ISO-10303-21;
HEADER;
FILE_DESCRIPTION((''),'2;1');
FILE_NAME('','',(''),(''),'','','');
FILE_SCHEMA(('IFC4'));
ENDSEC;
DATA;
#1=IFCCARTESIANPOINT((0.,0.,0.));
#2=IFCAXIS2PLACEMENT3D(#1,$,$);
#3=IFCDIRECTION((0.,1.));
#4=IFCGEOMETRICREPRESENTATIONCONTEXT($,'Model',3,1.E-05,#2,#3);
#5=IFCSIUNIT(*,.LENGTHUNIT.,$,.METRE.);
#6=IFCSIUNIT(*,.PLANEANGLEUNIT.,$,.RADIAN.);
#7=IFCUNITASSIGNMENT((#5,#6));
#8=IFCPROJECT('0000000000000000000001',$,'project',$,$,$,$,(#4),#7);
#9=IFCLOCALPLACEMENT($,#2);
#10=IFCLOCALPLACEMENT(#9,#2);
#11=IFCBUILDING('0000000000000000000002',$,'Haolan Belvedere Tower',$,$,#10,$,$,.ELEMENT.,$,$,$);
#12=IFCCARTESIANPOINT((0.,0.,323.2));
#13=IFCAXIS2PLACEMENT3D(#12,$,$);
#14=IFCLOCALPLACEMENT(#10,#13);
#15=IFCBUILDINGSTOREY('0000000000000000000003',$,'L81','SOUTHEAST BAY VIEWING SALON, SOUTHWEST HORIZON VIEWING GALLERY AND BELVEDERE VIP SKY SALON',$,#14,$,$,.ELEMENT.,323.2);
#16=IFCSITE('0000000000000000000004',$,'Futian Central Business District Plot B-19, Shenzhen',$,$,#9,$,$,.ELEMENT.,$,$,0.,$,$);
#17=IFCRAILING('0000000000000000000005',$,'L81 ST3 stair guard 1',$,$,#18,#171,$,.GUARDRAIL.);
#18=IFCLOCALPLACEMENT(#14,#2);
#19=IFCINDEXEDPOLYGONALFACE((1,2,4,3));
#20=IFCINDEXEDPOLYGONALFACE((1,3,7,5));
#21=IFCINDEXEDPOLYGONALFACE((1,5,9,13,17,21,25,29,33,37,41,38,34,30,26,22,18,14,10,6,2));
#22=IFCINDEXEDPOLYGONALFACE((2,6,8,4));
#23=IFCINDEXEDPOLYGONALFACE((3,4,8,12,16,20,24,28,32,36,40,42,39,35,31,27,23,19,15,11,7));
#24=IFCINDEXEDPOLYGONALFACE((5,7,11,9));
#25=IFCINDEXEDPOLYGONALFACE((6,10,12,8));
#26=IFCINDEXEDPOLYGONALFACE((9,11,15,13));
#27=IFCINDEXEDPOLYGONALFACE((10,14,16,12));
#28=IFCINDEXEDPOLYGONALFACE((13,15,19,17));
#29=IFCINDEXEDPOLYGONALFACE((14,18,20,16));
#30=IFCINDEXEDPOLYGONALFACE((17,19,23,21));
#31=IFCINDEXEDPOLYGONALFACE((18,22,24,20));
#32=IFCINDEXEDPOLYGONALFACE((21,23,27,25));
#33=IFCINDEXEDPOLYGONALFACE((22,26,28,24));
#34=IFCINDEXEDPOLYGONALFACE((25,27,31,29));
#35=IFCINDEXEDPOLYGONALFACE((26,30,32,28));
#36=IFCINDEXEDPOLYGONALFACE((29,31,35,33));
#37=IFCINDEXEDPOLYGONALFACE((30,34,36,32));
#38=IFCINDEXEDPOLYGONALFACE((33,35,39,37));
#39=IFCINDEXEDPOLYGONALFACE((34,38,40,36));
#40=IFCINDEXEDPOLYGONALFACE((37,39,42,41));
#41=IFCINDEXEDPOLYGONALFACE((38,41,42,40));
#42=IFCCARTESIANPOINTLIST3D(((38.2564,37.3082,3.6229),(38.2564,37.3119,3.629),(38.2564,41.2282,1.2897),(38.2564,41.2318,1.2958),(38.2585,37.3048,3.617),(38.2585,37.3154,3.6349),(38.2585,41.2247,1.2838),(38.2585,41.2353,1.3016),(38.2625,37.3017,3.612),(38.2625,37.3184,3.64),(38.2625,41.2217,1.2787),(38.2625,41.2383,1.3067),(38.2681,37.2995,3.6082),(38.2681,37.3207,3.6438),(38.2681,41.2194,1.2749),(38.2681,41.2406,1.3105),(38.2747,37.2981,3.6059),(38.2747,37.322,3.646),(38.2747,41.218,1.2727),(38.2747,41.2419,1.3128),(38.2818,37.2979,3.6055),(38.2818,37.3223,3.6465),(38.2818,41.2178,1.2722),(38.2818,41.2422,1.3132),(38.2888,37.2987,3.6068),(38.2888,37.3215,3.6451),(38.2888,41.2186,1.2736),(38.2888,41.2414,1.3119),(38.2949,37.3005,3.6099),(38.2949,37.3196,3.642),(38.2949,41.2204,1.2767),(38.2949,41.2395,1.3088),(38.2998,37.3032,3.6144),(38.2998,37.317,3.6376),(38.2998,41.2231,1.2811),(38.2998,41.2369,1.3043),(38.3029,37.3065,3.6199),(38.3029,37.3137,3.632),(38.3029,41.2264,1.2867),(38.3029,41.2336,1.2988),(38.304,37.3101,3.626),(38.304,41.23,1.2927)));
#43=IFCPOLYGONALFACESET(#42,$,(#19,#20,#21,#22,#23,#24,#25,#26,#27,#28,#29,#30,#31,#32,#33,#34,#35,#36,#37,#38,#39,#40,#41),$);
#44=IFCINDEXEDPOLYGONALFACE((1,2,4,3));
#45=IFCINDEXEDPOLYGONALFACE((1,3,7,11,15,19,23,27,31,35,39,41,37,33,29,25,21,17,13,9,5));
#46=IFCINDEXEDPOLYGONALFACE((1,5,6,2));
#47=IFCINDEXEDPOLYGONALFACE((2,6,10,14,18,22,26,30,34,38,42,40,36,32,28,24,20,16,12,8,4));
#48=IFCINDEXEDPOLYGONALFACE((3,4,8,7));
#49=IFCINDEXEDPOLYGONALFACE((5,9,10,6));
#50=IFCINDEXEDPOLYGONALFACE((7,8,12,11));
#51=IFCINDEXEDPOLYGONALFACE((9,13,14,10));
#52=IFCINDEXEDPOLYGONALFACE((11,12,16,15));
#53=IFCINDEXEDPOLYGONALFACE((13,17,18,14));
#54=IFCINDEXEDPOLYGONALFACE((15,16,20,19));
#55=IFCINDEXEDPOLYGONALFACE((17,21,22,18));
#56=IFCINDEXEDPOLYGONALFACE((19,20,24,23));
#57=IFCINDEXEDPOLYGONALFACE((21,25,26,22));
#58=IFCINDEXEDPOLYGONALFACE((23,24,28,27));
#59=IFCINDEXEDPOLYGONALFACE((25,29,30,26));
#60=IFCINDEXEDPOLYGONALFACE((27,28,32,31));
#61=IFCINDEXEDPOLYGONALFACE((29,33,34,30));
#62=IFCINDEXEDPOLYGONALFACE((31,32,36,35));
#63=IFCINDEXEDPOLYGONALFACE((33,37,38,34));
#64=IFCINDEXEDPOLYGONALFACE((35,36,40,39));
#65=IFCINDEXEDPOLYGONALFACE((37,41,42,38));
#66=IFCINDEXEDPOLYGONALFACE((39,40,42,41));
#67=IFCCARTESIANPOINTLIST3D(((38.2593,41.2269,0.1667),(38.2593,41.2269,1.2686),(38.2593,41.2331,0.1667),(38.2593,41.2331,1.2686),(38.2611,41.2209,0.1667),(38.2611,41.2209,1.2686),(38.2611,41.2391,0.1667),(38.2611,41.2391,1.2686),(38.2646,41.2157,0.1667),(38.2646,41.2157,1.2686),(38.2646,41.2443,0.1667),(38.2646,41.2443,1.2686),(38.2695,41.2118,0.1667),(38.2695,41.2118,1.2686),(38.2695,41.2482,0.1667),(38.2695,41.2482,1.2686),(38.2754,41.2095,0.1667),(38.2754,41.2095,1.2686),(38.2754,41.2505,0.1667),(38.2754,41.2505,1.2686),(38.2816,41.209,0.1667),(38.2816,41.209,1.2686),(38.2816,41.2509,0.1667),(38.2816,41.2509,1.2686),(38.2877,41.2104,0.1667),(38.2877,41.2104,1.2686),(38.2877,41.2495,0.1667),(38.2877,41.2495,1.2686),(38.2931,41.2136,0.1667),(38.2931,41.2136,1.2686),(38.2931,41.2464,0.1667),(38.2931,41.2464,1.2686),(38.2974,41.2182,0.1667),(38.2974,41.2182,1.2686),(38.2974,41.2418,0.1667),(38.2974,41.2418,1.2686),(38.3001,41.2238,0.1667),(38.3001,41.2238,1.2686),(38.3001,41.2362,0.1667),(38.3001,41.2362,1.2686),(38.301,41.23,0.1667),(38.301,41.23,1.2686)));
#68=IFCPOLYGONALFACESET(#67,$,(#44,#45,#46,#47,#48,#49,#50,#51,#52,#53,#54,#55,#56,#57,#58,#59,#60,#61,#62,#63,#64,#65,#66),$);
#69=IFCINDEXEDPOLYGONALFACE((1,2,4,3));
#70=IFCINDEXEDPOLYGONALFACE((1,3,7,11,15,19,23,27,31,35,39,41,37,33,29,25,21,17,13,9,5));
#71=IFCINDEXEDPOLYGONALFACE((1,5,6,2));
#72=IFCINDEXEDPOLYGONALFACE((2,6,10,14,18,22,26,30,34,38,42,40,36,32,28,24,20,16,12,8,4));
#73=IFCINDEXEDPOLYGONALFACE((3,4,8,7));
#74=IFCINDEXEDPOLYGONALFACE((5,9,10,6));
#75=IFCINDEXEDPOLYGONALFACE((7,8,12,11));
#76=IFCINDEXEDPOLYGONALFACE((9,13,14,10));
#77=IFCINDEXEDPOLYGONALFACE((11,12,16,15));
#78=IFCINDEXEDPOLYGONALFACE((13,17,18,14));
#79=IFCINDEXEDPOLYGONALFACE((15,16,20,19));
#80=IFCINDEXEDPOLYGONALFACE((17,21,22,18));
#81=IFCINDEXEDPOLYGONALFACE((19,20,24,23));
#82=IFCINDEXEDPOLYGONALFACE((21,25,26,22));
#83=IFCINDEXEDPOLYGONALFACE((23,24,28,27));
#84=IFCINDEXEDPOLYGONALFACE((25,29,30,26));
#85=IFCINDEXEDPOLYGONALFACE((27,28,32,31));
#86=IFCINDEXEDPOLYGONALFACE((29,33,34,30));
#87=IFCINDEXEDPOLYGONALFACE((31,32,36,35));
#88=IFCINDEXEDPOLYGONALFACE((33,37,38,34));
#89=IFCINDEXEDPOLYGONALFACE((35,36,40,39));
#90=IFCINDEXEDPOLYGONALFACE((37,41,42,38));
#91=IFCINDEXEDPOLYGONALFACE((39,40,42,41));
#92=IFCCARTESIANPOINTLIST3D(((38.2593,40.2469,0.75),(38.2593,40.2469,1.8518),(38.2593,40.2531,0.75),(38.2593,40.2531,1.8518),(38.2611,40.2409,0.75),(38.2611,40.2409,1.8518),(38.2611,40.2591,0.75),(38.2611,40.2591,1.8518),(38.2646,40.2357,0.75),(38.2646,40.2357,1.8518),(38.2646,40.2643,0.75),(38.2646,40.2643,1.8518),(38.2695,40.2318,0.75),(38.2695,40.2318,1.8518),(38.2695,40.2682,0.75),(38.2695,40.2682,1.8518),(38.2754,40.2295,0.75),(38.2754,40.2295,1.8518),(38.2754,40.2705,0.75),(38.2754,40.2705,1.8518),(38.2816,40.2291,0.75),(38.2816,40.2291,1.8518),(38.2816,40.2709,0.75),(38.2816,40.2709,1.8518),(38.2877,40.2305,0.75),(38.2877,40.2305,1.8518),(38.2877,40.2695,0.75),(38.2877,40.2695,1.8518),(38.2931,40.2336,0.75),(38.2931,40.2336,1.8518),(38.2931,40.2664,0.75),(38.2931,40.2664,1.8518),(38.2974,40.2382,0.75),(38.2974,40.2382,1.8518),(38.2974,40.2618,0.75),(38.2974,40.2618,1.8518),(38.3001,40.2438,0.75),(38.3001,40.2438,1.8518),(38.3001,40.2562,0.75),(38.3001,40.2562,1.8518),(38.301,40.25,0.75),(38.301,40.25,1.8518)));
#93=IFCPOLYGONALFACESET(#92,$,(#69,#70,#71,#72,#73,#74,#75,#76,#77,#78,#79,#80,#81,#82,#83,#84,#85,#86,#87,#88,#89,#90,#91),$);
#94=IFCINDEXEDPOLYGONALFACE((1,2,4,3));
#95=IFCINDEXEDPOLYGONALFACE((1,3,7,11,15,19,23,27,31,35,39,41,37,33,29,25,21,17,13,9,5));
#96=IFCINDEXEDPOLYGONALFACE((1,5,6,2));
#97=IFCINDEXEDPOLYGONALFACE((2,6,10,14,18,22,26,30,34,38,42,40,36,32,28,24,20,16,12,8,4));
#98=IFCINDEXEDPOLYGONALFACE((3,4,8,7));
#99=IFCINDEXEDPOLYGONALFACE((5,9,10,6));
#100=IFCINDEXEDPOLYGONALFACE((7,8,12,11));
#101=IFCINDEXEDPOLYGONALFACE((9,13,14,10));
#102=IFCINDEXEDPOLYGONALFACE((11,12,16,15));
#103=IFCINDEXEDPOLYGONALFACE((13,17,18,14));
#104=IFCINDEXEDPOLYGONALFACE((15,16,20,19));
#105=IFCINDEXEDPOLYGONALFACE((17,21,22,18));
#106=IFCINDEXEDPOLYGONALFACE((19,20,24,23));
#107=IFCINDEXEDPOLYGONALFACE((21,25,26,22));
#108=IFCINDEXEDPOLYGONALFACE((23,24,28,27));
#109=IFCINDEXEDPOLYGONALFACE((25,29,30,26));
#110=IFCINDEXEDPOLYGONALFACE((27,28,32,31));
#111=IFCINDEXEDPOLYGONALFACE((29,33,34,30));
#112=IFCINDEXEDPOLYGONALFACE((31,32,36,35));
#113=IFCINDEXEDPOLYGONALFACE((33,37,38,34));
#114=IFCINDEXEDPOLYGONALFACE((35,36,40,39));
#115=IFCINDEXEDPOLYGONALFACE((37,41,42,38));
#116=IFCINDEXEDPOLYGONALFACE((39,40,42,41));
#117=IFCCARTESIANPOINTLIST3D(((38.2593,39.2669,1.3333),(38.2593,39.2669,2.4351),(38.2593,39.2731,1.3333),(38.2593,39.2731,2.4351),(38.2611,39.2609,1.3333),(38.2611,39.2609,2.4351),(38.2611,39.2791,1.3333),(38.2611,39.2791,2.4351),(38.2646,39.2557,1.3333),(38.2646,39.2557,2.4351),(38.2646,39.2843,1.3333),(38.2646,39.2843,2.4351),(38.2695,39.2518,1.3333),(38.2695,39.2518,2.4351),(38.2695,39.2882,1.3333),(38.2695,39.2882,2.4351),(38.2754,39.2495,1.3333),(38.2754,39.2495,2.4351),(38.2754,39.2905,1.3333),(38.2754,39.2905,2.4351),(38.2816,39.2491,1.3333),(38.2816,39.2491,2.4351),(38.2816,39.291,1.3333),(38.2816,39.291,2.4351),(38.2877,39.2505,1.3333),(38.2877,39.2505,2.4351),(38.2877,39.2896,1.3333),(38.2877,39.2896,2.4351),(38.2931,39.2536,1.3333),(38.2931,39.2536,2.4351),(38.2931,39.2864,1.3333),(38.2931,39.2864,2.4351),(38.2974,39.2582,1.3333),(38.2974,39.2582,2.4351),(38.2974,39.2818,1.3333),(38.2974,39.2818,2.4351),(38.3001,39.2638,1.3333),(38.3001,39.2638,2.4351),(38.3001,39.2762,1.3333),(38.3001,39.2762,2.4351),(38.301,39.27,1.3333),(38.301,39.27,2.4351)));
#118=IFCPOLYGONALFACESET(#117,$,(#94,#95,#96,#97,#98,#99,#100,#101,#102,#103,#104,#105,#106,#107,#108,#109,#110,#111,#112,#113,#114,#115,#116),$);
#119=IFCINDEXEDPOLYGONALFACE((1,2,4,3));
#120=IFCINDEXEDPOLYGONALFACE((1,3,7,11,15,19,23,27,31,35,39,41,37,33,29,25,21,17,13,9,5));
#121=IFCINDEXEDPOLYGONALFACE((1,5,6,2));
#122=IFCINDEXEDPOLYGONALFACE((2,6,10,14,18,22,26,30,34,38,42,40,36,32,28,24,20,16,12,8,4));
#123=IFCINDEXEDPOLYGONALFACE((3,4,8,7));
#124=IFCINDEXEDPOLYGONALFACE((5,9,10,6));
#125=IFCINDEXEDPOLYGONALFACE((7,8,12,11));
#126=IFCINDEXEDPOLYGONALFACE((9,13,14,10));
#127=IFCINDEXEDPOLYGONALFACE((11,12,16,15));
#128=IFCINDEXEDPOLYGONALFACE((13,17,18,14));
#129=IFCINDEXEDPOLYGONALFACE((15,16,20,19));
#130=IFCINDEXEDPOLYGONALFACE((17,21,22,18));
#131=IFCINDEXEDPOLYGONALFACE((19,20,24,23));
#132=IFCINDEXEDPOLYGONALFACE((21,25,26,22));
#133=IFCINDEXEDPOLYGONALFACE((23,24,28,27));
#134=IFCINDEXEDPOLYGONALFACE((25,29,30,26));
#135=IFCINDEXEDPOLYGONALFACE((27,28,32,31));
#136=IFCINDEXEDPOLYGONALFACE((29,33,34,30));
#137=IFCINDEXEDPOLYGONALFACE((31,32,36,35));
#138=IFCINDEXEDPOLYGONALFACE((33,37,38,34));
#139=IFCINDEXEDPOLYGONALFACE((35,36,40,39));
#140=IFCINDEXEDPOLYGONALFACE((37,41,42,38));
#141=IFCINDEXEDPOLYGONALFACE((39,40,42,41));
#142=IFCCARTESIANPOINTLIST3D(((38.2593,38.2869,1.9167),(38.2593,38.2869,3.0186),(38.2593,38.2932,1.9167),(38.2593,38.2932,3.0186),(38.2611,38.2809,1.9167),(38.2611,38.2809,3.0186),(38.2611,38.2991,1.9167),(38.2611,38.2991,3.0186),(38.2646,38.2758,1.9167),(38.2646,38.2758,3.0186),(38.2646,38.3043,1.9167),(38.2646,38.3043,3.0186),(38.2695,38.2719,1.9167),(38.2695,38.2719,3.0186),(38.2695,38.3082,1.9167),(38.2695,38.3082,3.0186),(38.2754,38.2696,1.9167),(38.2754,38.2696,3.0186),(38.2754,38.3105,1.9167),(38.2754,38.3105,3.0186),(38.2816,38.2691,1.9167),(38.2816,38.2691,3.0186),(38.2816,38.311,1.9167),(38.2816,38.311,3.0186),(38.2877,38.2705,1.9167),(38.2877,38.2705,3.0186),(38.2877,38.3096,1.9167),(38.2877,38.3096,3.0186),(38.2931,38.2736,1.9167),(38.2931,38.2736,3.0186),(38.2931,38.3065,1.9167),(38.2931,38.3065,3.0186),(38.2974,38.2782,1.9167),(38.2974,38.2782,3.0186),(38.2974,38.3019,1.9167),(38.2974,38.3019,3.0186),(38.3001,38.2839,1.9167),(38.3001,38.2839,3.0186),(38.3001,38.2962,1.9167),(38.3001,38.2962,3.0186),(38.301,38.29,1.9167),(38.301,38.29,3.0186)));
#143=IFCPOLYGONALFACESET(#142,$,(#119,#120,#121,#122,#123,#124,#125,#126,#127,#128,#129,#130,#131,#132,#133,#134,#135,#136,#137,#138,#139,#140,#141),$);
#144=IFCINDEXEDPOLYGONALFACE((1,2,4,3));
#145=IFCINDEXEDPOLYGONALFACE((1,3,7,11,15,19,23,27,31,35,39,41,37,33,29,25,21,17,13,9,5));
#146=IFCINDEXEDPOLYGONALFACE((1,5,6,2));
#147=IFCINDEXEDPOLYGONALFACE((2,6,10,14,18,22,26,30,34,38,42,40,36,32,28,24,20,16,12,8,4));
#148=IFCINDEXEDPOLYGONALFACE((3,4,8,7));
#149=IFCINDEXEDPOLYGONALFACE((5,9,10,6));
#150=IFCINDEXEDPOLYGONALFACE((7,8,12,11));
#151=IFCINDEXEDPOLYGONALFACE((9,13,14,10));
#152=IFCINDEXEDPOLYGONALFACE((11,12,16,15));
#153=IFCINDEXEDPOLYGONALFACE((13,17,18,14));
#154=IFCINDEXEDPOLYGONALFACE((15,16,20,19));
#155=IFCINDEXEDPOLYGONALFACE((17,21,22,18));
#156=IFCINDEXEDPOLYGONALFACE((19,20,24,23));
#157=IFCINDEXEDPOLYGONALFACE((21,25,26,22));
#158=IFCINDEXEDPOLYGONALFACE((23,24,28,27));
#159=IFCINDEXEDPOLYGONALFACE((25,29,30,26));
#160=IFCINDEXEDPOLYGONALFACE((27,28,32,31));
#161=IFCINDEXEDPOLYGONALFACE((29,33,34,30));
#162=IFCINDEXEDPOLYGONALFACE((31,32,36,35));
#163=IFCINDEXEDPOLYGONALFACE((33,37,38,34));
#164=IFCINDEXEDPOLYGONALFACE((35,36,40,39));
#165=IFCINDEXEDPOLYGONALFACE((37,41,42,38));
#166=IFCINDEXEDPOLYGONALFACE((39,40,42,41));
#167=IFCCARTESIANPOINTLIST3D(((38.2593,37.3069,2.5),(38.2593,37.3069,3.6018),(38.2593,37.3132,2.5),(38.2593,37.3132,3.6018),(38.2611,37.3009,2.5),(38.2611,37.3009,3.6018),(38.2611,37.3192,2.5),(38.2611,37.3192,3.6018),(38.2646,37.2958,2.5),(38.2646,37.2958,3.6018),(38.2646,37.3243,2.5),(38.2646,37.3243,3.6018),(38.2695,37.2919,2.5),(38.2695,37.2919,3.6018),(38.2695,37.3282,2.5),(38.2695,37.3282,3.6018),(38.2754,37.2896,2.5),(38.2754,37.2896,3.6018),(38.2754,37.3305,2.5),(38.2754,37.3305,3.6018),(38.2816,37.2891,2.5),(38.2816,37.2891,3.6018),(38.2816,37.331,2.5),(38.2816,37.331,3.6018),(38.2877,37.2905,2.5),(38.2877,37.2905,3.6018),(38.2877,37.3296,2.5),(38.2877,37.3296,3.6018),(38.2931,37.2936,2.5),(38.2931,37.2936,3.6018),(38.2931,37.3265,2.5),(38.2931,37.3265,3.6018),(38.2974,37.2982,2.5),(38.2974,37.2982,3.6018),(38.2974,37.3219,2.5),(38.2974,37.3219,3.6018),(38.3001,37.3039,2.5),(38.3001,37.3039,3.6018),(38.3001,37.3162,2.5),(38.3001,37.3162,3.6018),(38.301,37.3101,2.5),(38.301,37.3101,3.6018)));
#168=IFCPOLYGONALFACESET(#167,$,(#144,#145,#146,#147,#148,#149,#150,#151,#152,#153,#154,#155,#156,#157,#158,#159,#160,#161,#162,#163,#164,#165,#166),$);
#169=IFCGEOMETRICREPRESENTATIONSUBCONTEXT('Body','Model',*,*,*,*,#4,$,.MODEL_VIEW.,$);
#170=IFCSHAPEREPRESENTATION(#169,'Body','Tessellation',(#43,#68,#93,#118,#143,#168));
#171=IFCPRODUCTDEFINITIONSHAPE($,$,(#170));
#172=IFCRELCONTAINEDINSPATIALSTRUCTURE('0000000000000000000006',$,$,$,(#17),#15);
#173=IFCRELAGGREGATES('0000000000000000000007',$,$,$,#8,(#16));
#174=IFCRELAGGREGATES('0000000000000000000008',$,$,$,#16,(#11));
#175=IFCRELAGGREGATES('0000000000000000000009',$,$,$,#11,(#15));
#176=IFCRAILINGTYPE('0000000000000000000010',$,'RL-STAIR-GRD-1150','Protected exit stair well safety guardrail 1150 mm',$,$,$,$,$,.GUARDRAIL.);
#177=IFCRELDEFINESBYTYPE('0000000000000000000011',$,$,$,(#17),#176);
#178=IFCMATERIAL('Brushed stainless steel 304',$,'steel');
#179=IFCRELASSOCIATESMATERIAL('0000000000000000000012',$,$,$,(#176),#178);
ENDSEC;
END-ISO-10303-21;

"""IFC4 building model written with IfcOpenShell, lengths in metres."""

from ifc_helpers import new_model, si_unit, direction, frame, origin, origin_2d, place, context, subcontext, project, spatial, circle, extrude, material, type_object, element, save


model = new_model("IFC4")

# Units and contexts
model_context = context("Model", 3, precision=1e-05, world=origin(), true_north=direction((0.0, 1.0)))
body_context = subcontext(model_context, "Body", "Model", "MODEL_VIEW")
ifc_project = project(units=[si_unit("LENGTHUNIT", "METRE"), si_unit("PLANEANGLEUNIT", "RADIAN")], contexts=[model_context])

# Site, building, storey
site_placement = place(None, origin())
site = spatial("IfcSite", under=ifc_project, at=site_placement, Name="Futian Central Business District Plot B-19, Shenzhen", CompositionType="ELEMENT", RefElevation=0.0)
building_placement = place(site_placement, origin())
building = spatial("IfcBuilding", under=site, at=building_placement, Name="Haolan Belvedere Tower", CompositionType="ELEMENT")
storey_placement = place(building_placement, frame((0.0, 0.0, 323.2)))
storey = spatial("IfcBuildingStorey", under=building, at=storey_placement, Name="L81", Description="SOUTHEAST BAY VIEWING SALON, SOUTHWEST HORIZON VIEWING GALLERY AND BELVEDERE VIP SKY SALON", CompositionType="ELEMENT", Elevation=323.2)

# Railing
ifc_material_1 = material(Name="Brushed stainless steel 304", Category="steel")
railing_type_1 = type_object("IfcRailingType", Name="RL-STAIR-GRD-1150", Description="Protected exit stair well safety guardrail 1150 mm", PredefinedType="GUARDRAIL", material=ifc_material_1)
railing_1_placement = place(storey_placement, frame((38.28, 41.23, 0.1667)))
element("IfcRailing", 1, at=railing_1_placement, inside=storey, type_object=railing_type_1, Name="L81 ST3 stair guard 1", PredefinedType="GUARDRAIL", context=body_context, shape_type="SweptSolid", body=[
    extrude(circle(Radius=0.0239, at=origin_2d()), frame((0.0, 0.0, 1.126), z_axis=(0.0, -0.859296, 0.511478), x_axis=(1.0, 0.0, 0.0)), (0.0, 0.0, 1.0), 4.5618),
    extrude(circle(Radius=0.021, at=origin_2d()), origin(), (0.0, 0.0, 1.0), 1.1018),
    extrude(circle(Radius=0.021, at=origin_2d()), frame((0.0, -0.98, 0.5833)), (0.0, 0.0, 1.0), 1.1018),
    extrude(circle(Radius=0.021, at=origin_2d()), frame((0.0, -1.96, 1.1665)), (0.0, 0.0, 1.0), 1.1018),
    extrude(circle(Radius=0.021, at=origin_2d()), frame((0.0, -2.9399, 1.75)), (0.0, 0.0, 1.0), 1.1018),
    extrude(circle(Radius=0.021, at=origin_2d()), frame((0.0, -3.9199, 2.3333)), (0.0, 0.0, 1.0), 1.1018),
])

save(model, "model.ifc")
